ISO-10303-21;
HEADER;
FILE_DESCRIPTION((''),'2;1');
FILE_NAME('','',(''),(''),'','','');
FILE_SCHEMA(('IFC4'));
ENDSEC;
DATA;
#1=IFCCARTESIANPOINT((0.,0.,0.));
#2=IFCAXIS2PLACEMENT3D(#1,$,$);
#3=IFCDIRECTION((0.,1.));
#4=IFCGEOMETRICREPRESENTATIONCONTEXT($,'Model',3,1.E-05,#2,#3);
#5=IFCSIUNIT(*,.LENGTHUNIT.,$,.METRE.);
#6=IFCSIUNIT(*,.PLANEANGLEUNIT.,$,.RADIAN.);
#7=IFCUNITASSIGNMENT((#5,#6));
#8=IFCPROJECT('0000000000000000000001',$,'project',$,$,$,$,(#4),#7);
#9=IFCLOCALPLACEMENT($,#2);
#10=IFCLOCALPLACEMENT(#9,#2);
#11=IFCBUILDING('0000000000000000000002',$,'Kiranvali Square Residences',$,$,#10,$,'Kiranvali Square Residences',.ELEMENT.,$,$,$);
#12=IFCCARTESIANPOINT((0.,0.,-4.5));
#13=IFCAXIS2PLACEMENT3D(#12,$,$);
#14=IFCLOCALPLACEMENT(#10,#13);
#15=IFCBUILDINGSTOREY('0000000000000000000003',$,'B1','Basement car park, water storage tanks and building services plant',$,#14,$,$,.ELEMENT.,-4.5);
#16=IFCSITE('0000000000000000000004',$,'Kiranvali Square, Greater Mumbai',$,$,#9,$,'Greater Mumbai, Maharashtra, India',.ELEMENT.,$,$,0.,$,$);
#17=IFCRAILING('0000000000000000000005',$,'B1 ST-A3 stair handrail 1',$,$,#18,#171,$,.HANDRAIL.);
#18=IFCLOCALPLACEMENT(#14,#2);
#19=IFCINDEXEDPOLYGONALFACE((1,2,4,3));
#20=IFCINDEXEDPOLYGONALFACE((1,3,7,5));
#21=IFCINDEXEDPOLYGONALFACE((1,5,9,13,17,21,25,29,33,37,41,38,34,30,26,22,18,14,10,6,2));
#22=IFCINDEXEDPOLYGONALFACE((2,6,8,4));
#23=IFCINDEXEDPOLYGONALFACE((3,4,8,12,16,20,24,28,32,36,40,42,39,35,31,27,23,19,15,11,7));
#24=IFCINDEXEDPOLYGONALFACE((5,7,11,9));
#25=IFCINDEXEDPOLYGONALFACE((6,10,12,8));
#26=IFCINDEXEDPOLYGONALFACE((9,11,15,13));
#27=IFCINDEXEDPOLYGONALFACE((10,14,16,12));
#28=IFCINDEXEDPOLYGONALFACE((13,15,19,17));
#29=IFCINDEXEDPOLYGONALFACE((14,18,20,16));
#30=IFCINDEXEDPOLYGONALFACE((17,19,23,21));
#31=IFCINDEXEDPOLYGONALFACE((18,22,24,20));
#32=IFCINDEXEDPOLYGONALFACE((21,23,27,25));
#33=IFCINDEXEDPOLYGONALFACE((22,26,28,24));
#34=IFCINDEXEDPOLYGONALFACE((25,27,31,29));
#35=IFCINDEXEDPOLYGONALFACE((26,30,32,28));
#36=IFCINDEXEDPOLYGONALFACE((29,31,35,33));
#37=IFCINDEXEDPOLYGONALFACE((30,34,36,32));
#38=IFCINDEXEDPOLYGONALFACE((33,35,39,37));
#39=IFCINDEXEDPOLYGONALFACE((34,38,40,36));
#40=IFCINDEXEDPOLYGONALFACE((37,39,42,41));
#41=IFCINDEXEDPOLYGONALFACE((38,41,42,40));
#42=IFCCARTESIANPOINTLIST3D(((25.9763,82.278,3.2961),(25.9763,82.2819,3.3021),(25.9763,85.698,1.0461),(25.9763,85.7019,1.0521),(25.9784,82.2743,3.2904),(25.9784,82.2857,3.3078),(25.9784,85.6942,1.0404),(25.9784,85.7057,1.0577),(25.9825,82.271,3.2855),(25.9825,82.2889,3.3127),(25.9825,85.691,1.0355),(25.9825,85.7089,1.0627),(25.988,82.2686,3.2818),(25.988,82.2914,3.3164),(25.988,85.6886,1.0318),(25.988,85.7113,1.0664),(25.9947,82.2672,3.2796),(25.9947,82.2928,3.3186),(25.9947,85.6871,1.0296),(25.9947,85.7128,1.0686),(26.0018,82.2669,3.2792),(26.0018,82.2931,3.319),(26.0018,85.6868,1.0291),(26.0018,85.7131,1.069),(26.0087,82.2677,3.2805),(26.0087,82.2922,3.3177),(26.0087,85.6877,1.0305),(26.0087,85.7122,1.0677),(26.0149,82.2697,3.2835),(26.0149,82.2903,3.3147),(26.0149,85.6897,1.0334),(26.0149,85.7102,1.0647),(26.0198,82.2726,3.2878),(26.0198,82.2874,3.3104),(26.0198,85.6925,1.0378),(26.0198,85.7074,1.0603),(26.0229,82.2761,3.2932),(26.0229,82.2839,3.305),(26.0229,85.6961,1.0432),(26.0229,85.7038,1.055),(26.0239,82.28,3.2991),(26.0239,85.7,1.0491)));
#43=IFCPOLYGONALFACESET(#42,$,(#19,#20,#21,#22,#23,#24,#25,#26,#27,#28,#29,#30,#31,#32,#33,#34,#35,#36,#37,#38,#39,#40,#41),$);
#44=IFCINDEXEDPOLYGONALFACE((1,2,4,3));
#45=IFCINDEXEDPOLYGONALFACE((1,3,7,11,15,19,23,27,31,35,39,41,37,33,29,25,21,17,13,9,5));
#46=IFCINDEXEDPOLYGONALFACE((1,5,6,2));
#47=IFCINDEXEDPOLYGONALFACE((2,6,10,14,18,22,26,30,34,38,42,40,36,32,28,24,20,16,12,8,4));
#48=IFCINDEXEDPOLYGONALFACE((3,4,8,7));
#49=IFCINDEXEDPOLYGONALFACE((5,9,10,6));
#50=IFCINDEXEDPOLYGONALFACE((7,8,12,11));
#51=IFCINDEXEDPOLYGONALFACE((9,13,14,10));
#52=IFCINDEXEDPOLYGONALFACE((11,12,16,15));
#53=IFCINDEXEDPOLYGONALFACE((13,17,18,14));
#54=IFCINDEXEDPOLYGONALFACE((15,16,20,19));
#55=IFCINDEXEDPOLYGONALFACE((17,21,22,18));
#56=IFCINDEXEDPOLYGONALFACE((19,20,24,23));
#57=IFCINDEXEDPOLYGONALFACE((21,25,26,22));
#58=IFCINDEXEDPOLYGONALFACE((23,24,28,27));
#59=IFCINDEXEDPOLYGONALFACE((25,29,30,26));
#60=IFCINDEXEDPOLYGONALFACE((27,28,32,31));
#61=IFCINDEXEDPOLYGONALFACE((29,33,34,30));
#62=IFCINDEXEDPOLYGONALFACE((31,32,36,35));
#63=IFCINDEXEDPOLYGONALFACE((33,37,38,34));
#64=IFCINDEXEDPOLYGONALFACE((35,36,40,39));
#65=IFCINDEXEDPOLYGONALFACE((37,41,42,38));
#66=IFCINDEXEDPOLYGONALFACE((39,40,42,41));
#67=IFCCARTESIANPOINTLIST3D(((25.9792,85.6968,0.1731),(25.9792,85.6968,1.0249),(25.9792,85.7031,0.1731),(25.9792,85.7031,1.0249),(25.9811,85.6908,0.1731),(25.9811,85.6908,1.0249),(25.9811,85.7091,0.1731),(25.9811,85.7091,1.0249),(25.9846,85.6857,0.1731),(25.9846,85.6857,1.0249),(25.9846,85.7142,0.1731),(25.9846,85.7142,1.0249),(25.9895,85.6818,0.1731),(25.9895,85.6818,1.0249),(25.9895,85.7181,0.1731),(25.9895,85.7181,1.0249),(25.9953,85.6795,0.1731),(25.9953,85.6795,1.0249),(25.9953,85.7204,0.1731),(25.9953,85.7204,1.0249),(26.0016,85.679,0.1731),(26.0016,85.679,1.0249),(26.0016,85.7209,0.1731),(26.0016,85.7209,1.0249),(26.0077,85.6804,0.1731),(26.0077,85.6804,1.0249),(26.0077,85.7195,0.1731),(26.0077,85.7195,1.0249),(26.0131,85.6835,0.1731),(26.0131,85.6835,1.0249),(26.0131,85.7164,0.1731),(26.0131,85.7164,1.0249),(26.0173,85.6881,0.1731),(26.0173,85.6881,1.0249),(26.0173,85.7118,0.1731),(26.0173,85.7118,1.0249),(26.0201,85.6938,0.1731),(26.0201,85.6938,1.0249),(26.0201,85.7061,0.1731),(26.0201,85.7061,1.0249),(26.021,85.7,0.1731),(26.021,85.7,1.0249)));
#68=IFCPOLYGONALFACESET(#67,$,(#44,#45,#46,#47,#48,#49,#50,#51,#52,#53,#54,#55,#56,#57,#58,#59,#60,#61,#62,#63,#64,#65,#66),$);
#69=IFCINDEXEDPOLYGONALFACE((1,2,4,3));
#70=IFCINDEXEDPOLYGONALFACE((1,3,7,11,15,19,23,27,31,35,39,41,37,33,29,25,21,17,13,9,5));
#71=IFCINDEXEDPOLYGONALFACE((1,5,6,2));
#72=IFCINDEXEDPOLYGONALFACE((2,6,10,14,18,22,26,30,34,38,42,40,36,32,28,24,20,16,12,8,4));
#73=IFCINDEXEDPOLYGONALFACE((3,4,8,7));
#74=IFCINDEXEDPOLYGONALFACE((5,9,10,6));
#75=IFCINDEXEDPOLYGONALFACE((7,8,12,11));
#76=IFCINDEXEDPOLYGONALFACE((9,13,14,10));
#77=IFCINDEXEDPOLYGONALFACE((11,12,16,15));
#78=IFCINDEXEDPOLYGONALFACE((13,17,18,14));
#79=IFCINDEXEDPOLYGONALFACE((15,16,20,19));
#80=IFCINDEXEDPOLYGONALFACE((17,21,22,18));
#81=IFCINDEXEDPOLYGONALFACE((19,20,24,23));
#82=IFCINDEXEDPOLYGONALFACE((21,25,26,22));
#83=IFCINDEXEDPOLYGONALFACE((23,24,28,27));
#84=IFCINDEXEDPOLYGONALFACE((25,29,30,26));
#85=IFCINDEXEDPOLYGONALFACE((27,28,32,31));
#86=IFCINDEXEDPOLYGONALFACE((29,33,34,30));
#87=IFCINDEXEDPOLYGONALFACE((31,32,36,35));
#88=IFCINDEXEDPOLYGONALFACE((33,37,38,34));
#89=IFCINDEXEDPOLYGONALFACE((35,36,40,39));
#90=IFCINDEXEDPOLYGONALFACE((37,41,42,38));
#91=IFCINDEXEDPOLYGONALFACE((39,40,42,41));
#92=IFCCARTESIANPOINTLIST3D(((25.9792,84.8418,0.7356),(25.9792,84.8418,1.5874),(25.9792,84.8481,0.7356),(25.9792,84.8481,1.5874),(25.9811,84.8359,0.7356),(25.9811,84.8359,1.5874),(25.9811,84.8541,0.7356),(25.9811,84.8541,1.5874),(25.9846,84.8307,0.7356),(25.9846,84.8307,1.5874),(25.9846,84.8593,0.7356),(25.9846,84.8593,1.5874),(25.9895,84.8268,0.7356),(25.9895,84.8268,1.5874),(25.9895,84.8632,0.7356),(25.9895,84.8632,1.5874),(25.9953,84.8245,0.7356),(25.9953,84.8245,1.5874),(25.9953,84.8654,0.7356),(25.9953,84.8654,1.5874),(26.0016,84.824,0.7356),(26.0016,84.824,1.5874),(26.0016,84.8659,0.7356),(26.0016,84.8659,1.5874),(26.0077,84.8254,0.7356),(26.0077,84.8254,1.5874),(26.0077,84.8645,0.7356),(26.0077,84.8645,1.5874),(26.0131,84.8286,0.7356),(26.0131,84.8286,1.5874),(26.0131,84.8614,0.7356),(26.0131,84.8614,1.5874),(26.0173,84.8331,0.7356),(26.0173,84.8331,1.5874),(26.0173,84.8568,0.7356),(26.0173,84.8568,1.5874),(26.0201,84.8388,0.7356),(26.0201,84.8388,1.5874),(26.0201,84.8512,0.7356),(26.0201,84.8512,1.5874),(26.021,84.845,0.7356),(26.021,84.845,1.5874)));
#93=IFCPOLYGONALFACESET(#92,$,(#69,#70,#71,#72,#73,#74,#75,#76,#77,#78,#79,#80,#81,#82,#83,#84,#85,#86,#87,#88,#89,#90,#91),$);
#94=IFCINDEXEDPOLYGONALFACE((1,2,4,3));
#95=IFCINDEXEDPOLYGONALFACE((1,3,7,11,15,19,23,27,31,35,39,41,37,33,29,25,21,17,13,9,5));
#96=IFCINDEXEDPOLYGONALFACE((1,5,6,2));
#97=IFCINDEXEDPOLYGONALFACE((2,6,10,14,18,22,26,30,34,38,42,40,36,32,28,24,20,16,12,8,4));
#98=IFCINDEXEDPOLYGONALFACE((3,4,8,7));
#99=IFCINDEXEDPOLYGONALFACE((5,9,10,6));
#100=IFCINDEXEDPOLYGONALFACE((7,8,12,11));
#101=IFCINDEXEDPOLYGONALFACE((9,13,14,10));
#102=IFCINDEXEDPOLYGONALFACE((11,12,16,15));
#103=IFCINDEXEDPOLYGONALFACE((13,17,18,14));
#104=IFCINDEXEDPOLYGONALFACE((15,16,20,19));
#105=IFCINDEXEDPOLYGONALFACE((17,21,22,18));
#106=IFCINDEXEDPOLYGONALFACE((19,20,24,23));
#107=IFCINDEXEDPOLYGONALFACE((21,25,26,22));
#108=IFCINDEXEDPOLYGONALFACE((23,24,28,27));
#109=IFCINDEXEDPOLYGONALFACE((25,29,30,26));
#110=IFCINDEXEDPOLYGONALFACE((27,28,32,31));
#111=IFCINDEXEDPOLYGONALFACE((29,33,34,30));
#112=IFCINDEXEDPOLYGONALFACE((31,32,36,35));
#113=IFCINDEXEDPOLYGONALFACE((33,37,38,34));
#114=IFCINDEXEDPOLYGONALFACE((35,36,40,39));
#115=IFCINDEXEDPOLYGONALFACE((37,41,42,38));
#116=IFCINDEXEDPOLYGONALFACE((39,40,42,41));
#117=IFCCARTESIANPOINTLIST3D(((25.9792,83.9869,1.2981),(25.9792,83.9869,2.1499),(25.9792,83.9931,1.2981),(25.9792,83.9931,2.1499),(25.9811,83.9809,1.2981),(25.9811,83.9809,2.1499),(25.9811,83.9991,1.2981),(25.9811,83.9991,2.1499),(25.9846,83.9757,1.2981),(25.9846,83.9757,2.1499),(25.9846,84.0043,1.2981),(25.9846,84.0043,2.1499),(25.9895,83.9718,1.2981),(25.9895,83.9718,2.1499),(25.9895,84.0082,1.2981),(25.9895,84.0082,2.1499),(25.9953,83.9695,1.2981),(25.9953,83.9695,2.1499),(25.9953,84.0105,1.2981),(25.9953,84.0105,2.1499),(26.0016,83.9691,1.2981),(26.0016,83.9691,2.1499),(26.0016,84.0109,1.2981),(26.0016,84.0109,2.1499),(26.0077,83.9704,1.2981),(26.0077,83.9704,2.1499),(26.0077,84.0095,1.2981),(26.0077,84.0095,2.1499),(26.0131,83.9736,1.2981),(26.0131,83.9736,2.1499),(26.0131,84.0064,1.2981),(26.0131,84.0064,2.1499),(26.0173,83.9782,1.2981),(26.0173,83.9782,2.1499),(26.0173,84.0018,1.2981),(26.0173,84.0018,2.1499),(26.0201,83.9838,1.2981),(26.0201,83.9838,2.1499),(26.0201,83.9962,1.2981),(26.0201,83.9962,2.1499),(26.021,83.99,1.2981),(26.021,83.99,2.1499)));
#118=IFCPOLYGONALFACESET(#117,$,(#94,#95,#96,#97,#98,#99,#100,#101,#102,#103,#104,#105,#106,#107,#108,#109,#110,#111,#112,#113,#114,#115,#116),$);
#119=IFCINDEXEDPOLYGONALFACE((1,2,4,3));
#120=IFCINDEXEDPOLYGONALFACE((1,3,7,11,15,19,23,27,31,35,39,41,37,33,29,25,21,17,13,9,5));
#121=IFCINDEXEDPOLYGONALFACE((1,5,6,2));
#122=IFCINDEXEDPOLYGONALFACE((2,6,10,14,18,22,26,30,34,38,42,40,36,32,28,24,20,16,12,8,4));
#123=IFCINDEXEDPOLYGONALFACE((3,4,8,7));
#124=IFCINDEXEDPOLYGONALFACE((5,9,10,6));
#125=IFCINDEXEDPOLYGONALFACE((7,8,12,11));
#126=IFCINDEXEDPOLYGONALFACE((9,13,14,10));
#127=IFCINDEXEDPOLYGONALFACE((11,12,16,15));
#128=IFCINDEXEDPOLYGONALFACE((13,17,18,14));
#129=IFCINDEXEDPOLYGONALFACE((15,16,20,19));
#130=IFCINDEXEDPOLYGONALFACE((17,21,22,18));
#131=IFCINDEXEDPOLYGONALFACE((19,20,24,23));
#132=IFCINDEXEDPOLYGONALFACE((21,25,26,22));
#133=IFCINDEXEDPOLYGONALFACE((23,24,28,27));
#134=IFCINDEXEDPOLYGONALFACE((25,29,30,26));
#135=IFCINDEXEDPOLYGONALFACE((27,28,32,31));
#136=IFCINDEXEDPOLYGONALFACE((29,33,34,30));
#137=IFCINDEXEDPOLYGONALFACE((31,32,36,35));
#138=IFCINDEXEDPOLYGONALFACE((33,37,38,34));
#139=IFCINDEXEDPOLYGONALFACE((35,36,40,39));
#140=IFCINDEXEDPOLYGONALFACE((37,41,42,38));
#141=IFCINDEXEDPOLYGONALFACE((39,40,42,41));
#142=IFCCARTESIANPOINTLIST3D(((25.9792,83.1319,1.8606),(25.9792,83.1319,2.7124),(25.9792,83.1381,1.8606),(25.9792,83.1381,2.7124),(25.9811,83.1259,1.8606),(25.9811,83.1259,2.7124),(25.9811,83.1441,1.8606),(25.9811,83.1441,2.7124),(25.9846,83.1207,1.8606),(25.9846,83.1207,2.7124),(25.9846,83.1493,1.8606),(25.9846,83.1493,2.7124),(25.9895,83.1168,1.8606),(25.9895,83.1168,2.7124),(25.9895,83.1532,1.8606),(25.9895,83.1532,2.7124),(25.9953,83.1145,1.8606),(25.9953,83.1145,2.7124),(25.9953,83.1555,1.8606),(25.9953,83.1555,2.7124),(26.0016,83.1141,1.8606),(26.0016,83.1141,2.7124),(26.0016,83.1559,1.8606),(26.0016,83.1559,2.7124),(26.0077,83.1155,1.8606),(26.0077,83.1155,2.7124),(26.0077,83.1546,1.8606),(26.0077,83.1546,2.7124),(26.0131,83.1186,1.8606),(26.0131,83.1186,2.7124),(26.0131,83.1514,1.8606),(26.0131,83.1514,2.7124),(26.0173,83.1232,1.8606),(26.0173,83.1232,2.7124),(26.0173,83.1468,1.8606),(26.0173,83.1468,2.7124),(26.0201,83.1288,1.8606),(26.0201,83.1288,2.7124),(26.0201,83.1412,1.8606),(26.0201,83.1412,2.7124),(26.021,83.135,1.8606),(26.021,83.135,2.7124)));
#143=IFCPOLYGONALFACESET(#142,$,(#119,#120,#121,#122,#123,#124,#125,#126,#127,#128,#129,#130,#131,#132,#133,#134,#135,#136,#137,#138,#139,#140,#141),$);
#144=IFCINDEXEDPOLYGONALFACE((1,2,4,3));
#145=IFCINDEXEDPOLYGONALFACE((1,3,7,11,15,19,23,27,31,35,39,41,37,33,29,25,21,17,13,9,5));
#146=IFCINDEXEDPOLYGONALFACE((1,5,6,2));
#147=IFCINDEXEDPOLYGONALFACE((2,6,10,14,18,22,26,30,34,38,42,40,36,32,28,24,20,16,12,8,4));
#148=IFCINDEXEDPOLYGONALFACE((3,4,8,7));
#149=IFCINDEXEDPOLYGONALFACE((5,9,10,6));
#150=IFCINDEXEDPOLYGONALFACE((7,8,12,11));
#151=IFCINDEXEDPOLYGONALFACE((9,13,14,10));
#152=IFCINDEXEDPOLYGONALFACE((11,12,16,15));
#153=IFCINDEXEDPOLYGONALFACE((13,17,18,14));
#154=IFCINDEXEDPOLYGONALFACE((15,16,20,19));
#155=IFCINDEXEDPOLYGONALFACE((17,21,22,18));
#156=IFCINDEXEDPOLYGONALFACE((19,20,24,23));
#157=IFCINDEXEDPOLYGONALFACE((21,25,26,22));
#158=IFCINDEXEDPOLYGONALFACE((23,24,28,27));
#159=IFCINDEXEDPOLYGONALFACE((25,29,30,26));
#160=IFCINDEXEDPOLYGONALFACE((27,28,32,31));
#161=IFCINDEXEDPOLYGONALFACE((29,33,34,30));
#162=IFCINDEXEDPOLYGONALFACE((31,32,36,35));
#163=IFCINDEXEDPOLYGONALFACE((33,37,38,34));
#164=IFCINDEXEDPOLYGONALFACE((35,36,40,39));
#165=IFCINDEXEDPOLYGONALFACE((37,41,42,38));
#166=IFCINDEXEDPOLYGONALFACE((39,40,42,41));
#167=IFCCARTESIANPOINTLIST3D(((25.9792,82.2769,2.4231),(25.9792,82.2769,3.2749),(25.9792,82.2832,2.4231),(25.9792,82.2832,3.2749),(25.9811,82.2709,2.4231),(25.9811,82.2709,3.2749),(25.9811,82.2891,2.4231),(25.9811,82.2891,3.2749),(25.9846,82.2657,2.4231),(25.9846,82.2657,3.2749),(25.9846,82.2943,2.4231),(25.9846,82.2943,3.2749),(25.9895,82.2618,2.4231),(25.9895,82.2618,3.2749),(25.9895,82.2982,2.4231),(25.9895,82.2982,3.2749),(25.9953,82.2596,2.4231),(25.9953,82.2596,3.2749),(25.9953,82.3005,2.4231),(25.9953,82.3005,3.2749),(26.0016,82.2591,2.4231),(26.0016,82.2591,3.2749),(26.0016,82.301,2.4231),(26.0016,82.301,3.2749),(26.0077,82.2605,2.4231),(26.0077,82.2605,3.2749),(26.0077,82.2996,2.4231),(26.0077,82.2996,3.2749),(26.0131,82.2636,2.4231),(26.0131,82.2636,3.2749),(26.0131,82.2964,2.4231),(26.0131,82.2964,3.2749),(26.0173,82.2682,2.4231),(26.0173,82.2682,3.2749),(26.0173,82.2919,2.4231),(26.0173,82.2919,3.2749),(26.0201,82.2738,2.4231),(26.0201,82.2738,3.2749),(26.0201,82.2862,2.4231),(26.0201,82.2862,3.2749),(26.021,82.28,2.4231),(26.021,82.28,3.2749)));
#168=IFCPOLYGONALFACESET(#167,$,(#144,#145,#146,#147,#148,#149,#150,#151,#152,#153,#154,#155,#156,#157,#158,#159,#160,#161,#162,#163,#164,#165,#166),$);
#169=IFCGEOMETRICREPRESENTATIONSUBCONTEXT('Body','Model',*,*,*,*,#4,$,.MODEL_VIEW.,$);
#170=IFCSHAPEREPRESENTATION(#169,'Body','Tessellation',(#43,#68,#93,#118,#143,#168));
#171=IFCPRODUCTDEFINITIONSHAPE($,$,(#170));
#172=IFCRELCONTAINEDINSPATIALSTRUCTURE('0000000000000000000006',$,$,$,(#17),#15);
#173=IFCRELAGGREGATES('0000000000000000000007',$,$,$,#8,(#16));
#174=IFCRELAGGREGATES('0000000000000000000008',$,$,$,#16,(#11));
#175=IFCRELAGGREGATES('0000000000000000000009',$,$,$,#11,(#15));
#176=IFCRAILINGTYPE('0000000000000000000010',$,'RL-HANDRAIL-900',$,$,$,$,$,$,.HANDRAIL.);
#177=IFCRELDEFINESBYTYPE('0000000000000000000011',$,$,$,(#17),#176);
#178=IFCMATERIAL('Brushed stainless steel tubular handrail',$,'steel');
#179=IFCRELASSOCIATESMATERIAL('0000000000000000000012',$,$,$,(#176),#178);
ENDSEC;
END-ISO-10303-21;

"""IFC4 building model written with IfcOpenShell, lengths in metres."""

from ifc_helpers import new_model, si_unit, direction, frame, origin, origin_2d, place, context, subcontext, project, spatial, circle, extrude, material, type_object, element, save


model = new_model("IFC4")

# Units and contexts
model_context = context("Model", 3, precision=1e-05, world=origin(), true_north=direction((0.0, 1.0)))
body_context = subcontext(model_context, "Body", "Model", "MODEL_VIEW")
ifc_project = project(units=[si_unit("LENGTHUNIT", "METRE"), si_unit("PLANEANGLEUNIT", "RADIAN")], contexts=[model_context])

# Site, building, storey
site_placement = place(None, origin())
site = spatial("IfcSite", under=ifc_project, at=site_placement, Name="Kiranvali Square, Greater Mumbai", LongName="Greater Mumbai, Maharashtra, India", CompositionType="ELEMENT", RefElevation=0.0)
building_placement = place(site_placement, origin())
building = spatial("IfcBuilding", under=site, at=building_placement, Name="Kiranvali Square Residences", LongName="Kiranvali Square Residences", CompositionType="ELEMENT")
storey_placement = place(building_placement, frame((0.0, 0.0, -4.5)))
storey = spatial("IfcBuildingStorey", under=building, at=storey_placement, Name="B1", Description="Basement car park, water storage tanks and building services plant", CompositionType="ELEMENT", Elevation=-4.5)

# Railing
ifc_material_1 = material(Name="Brushed stainless steel tubular handrail", Category="steel")
railing_type_1 = type_object("IfcRailingType", Name="RL-HANDRAIL-900", PredefinedType="HANDRAIL", material=ifc_material_1)
railing_1_placement = place(storey_placement, frame((26.0, 85.7, 0.1731)))
element("IfcRailing", 1, at=railing_1_placement, inside=storey, type_object=railing_type_1, Name="B1 ST-A3 stair handrail 1", PredefinedType="HANDRAIL", context=body_context, shape_type="SweptSolid", body=[
    extrude(circle(Radius=0.0239, at=origin_2d()), frame((0.0, 0.0, 0.876), z_axis=(0.0, -0.835411, 0.549625), x_axis=(1.0, 0.0, 0.0)), (0.0, 0.0, 1.0), 4.0938),
    extrude(circle(Radius=0.021, at=origin_2d()), origin(), (0.0, 0.0, 1.0), 0.8518),
    extrude(circle(Radius=0.021, at=origin_2d()), frame((0.0, -0.855, 0.5625)), (0.0, 0.0, 1.0), 0.8518),
    extrude(circle(Radius=0.021, at=origin_2d()), frame((0.0, -1.71, 1.125)), (0.0, 0.0, 1.0), 0.8518),
    extrude(circle(Radius=0.021, at=origin_2d()), frame((0.0, -2.5649, 1.6875)), (0.0, 0.0, 1.0), 0.8518),
    extrude(circle(Radius=0.021, at=origin_2d()), frame((0.0, -3.4199, 2.25)), (0.0, 0.0, 1.0), 0.8518),
])

save(model, "model.ifc")
